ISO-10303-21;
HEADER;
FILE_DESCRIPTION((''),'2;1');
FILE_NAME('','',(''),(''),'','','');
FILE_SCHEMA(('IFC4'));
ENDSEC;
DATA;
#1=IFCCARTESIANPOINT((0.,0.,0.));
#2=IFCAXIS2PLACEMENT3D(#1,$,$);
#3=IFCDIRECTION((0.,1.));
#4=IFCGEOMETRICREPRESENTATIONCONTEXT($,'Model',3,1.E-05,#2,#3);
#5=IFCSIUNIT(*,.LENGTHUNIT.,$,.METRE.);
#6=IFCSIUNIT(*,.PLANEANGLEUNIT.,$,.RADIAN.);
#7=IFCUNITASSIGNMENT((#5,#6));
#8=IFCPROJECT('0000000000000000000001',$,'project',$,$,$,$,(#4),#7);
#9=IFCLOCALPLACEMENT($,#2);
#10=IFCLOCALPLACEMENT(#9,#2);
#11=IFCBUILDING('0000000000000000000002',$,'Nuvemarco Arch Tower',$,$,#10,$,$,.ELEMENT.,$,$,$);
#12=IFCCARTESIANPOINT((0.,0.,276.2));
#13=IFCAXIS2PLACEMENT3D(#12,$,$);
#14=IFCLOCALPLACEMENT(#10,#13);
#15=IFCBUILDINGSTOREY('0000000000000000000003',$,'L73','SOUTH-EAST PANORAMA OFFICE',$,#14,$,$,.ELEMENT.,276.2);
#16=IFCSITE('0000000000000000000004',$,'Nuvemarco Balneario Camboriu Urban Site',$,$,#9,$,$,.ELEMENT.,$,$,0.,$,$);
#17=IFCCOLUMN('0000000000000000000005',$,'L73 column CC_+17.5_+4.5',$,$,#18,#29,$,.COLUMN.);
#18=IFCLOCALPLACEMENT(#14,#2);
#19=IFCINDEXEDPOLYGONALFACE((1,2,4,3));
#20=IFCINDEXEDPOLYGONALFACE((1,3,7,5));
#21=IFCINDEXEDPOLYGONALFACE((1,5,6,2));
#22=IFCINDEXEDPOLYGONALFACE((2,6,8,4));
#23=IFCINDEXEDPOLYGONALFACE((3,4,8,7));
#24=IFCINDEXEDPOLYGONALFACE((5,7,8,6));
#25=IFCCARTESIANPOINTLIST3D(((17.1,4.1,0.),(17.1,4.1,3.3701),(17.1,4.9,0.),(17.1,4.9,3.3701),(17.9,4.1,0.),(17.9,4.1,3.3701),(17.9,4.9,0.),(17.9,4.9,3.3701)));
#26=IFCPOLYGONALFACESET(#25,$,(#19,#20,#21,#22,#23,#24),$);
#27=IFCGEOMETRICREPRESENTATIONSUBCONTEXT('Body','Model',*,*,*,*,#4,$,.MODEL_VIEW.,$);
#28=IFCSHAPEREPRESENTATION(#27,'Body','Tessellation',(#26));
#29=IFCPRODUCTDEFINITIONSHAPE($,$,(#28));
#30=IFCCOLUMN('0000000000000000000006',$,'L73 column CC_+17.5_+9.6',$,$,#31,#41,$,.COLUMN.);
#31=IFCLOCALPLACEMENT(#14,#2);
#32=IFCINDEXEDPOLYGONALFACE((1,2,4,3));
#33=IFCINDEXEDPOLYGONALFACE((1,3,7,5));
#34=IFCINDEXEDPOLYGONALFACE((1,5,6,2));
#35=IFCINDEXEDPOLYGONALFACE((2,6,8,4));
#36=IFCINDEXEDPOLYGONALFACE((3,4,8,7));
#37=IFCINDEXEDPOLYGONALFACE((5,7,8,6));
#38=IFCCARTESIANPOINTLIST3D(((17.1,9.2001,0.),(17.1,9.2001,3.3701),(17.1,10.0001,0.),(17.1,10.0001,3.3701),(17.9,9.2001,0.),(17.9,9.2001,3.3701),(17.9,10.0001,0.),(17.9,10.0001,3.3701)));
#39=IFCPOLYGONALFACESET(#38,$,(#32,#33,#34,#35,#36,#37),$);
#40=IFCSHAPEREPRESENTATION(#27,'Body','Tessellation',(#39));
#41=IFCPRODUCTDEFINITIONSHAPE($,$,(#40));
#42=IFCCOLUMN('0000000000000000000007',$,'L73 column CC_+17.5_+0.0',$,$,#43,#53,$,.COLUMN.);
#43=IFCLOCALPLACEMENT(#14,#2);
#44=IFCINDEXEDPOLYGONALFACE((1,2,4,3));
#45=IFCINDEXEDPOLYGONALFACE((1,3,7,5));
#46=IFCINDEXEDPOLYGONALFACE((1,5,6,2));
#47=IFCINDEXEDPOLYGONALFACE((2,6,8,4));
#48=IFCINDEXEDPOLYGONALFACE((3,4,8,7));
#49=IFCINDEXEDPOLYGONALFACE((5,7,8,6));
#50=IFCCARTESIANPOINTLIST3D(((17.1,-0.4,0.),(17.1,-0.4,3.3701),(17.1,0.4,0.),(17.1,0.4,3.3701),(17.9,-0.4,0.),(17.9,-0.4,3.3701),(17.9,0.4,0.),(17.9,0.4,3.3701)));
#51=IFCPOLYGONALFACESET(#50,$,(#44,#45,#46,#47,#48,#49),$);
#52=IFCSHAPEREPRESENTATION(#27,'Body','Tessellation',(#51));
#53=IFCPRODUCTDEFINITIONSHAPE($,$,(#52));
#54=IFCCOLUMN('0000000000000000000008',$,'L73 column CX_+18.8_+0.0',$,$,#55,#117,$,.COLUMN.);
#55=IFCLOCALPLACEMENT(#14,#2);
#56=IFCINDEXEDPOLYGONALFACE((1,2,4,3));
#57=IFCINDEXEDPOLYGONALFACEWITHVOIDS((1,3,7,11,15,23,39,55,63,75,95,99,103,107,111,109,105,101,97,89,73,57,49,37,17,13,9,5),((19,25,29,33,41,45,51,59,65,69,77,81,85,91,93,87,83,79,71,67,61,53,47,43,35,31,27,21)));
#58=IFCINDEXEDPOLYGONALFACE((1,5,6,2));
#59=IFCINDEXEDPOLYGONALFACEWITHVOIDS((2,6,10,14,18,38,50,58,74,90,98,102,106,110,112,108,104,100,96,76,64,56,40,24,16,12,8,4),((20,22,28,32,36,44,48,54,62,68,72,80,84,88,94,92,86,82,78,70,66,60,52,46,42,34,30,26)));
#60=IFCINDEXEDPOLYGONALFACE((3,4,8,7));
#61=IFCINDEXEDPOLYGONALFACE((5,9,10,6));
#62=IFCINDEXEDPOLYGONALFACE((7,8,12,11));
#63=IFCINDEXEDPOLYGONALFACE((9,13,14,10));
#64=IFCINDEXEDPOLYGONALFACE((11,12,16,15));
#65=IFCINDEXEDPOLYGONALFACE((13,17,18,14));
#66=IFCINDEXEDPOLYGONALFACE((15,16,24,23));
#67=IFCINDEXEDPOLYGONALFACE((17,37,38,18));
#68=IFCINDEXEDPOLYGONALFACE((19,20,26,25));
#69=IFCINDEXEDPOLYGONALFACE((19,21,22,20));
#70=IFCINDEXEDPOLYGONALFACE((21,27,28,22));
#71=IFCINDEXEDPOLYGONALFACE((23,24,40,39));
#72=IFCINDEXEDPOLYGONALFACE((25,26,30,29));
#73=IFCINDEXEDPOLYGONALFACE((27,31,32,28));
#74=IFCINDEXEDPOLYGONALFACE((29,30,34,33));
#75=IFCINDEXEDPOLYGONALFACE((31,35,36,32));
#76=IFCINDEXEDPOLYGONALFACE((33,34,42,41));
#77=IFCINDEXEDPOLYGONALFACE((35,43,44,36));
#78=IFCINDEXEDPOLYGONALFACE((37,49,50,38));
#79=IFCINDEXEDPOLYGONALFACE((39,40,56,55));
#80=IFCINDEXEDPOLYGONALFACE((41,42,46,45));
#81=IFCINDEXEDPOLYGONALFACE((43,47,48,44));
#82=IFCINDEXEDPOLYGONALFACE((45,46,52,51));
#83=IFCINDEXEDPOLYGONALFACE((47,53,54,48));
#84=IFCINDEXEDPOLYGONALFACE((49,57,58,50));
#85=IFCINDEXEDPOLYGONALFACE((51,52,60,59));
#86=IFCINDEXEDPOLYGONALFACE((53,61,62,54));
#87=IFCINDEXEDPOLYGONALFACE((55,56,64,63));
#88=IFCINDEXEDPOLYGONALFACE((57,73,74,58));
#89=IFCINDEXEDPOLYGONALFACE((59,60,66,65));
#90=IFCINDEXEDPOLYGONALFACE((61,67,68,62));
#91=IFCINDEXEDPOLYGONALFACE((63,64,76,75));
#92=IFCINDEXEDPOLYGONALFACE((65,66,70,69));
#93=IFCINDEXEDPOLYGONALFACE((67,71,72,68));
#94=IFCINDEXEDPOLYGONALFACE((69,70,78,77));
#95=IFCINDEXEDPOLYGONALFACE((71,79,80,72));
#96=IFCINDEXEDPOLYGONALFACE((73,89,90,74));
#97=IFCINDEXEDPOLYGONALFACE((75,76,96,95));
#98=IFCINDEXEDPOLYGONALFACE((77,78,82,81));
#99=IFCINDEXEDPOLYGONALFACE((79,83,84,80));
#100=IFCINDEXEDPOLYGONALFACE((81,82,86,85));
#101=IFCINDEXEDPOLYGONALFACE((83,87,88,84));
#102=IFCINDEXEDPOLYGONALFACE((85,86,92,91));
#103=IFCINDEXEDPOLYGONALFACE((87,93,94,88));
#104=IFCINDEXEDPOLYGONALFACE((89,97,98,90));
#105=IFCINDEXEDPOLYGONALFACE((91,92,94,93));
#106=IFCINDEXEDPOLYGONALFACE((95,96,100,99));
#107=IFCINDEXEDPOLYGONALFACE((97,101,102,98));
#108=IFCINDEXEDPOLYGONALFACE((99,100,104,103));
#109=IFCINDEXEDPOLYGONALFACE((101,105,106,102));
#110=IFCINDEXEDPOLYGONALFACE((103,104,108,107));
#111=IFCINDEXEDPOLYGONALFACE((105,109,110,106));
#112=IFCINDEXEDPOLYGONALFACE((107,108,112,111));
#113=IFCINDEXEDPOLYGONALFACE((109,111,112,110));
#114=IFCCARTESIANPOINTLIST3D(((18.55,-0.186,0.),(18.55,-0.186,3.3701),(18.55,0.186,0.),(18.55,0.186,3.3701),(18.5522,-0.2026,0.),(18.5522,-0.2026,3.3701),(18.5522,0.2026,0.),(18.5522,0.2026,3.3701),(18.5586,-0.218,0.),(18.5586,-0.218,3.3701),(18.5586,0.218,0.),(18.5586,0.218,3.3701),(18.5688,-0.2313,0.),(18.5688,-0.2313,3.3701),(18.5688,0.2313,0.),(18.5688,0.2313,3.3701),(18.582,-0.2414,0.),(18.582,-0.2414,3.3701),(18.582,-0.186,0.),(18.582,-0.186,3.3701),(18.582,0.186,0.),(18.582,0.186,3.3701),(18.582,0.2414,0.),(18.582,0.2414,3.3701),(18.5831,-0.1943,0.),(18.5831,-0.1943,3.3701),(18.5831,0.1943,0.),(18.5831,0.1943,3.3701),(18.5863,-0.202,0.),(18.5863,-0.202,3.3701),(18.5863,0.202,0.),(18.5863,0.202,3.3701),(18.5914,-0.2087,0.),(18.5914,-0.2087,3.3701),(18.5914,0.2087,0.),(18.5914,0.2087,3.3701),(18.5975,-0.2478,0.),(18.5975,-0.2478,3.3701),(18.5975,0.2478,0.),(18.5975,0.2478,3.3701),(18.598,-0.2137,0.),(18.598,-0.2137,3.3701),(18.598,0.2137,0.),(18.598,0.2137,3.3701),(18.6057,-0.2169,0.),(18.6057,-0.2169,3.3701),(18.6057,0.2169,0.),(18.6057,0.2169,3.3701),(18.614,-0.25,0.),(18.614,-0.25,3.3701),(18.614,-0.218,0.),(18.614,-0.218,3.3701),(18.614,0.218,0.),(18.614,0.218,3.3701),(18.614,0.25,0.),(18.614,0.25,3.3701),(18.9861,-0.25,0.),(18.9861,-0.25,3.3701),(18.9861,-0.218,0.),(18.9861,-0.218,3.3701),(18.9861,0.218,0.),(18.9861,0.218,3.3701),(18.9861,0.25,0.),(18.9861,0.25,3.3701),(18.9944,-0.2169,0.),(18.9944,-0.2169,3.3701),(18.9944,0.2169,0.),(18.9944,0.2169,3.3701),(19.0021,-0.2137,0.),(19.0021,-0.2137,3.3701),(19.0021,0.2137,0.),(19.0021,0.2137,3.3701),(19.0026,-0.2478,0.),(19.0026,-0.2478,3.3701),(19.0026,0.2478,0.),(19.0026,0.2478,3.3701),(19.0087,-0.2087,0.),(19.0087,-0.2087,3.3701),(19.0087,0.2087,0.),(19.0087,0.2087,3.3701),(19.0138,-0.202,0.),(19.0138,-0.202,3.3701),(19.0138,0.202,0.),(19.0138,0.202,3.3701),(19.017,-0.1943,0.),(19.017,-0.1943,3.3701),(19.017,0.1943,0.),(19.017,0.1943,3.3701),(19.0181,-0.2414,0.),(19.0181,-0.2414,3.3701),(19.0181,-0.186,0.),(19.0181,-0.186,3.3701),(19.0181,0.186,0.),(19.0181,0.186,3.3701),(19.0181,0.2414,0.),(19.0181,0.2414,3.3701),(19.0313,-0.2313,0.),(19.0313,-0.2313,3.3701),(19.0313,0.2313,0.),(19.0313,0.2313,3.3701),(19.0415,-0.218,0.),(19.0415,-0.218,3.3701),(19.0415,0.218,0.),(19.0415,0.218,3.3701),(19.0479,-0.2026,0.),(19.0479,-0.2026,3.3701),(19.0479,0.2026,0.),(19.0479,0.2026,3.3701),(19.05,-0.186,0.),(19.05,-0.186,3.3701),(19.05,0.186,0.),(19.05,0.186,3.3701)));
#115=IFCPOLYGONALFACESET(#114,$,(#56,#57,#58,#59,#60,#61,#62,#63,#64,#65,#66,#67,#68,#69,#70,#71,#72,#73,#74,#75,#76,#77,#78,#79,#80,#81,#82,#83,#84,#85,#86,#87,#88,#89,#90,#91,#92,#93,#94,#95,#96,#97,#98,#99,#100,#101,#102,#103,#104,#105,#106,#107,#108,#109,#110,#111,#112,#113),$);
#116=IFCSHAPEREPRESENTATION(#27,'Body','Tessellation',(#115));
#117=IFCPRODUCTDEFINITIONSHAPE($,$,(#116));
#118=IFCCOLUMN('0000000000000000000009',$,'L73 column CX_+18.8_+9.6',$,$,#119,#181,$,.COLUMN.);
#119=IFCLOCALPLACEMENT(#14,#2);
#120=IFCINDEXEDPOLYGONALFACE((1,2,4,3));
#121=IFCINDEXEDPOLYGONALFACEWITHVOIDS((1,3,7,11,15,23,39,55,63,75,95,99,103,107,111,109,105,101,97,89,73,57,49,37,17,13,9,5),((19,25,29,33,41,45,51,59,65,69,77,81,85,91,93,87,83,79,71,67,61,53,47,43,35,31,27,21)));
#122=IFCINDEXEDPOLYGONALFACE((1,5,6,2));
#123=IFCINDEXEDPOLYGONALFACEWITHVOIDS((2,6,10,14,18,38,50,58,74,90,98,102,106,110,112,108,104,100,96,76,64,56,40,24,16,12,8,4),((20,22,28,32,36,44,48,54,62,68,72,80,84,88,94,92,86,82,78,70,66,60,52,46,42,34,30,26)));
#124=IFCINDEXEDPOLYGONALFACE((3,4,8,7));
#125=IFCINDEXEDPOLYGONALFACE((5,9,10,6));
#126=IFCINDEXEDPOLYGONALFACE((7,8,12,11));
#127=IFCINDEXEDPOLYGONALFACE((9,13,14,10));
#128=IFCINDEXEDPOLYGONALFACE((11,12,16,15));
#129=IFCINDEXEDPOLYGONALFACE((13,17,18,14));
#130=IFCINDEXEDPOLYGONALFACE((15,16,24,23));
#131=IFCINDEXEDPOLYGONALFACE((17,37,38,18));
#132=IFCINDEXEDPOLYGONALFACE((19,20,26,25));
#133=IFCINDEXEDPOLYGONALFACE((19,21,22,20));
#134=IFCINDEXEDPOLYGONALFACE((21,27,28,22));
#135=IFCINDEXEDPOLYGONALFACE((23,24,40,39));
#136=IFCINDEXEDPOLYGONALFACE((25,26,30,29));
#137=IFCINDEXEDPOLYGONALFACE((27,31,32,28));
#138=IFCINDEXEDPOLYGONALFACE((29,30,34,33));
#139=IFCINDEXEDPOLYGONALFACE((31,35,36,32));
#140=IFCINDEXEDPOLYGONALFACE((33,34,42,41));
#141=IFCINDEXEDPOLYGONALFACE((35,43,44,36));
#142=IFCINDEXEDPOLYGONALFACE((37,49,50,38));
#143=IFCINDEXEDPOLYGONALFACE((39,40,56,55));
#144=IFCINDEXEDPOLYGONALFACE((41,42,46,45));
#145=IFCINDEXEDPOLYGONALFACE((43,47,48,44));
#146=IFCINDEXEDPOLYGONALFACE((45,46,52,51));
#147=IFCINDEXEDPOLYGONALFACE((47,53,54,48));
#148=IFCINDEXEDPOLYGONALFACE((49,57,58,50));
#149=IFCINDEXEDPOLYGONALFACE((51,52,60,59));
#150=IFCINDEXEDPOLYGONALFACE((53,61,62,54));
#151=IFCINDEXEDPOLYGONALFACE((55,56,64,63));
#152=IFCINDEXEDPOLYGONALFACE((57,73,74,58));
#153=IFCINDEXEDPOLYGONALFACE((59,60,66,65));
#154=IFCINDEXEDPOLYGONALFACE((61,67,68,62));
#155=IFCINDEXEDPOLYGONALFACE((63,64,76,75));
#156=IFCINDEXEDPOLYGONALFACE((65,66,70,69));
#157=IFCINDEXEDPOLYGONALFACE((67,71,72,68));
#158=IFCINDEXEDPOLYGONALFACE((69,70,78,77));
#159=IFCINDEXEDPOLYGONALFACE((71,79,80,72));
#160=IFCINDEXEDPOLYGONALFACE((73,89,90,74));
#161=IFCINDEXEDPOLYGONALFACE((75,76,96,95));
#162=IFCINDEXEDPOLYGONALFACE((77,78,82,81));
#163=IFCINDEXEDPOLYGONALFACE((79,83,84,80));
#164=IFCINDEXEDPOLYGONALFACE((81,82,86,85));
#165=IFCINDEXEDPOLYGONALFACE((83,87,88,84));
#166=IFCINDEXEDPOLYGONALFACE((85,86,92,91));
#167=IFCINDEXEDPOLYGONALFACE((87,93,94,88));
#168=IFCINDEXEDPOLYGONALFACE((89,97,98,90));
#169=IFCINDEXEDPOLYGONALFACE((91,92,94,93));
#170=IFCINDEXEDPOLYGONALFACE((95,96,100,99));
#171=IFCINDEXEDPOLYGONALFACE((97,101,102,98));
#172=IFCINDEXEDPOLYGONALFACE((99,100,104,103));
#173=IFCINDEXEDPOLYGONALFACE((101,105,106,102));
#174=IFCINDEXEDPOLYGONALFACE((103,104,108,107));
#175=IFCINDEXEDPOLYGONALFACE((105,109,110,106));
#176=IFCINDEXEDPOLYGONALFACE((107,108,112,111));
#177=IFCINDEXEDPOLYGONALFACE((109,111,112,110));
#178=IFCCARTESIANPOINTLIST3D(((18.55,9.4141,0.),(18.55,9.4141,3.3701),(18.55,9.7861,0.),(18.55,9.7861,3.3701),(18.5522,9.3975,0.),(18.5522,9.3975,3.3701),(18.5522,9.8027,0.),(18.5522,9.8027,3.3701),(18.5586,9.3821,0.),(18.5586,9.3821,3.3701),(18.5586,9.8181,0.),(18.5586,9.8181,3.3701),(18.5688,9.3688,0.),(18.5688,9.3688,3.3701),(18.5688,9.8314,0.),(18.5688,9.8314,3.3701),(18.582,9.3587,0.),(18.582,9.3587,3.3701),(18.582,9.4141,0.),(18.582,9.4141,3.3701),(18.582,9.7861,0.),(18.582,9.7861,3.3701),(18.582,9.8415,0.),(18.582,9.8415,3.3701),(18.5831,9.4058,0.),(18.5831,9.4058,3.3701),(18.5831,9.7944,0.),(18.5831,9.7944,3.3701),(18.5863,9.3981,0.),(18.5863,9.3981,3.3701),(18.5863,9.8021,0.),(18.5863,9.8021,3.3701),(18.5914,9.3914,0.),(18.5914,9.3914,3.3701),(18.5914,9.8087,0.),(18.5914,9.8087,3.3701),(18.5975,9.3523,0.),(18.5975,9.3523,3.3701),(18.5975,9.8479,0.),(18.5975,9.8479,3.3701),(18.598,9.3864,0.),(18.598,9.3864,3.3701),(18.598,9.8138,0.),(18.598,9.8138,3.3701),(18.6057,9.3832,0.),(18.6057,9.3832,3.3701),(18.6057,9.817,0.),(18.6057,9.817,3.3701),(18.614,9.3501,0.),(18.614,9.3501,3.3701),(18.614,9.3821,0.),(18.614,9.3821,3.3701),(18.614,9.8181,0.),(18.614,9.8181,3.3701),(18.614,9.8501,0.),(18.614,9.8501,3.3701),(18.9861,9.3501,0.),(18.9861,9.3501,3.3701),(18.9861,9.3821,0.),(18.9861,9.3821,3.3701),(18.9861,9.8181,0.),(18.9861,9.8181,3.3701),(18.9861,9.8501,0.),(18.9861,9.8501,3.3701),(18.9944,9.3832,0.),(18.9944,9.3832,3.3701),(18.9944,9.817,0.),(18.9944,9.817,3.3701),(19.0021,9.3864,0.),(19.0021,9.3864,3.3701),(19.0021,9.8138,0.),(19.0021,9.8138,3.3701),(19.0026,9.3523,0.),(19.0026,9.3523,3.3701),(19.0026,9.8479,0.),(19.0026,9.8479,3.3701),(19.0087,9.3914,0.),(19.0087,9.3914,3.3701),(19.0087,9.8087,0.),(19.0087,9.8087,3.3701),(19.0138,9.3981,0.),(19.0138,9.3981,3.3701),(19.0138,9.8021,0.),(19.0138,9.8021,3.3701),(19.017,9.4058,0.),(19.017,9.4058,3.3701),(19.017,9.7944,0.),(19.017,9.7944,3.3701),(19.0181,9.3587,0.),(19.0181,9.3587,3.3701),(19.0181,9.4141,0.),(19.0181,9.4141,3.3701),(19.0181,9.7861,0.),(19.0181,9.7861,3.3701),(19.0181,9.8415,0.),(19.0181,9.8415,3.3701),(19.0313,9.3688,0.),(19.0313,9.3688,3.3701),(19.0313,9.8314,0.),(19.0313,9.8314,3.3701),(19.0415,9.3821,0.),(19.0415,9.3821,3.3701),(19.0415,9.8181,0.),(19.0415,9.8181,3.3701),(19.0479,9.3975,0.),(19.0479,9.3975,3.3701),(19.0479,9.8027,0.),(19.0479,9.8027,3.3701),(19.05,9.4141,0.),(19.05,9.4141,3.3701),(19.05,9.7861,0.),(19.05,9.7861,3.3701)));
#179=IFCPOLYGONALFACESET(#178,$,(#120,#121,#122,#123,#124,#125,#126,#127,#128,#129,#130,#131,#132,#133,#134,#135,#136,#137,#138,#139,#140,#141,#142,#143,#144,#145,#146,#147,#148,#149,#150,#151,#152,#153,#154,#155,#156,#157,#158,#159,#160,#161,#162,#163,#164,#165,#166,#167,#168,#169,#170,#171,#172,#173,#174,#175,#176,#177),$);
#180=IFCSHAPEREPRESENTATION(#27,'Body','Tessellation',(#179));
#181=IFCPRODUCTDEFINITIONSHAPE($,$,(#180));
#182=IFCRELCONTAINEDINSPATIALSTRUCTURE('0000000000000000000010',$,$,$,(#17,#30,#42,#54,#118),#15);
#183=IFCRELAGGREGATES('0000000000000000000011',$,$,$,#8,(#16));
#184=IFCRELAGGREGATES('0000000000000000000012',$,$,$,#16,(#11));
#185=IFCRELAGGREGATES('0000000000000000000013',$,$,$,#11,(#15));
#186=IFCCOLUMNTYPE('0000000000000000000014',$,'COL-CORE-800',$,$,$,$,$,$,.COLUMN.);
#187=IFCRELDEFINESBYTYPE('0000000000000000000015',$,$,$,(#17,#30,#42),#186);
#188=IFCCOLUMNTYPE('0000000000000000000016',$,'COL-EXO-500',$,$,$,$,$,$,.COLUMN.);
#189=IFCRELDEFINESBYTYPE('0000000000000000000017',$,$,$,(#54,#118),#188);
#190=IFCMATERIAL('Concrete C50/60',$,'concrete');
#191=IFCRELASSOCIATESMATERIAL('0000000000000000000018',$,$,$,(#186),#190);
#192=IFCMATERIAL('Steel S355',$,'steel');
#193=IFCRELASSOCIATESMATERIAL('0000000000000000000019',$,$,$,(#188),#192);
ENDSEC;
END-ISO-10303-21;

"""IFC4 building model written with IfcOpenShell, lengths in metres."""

from ifc_helpers import new_model, si_unit, direction, frame, origin, origin_2d, place, context, subcontext, project, spatial, rectangle, hollow_rectangle, extrude, material, material_profile, profile_set, type_object, element, save


model = new_model("IFC4")

# Units and contexts
model_context = context("Model", 3, precision=1e-05, world=origin(), true_north=direction((0.0, 1.0)))
body_context = subcontext(model_context, "Body", "Model", "MODEL_VIEW")
ifc_project = project(units=[si_unit("LENGTHUNIT", "METRE"), si_unit("PLANEANGLEUNIT", "RADIAN")], contexts=[model_context])

# Site, building, storey
site_placement = place(None, origin())
site = spatial("IfcSite", under=ifc_project, at=site_placement, Name="Nuvemarco Balneario Camboriu Urban Site", CompositionType="ELEMENT", RefElevation=0.0)
building_placement = place(site_placement, origin())
building = spatial("IfcBuilding", under=site, at=building_placement, Name="Nuvemarco Arch Tower", CompositionType="ELEMENT")
storey_placement = place(building_placement, frame((0.0, 0.0, 276.2)))
storey = spatial("IfcBuildingStorey", under=building, at=storey_placement, Name="L73", Description="SOUTH-EAST PANORAMA OFFICE", CompositionType="ELEMENT", Elevation=276.2)

# Columns
ifc_material_1 = material(Name="Concrete C50/60", Category="concrete")
ifc_material_profile_1 = material_profile(ifc_material_1, rectangle(XDim=0.8, YDim=0.8, at=origin_2d()), Name="RC-COL-800x800")
ifc_profile_set_1 = profile_set([ifc_material_profile_1], Name="Concrete C50/60")
column_type_1 = type_object("IfcColumnType", Name="COL-CORE-800", PredefinedType="COLUMN", material=ifc_profile_set_1)
for number, where, z_axis, x_axis, name in (
    (1, (17.5, 4.5, 0.0), (0.0, 0.0, 1.0), (1.0, 0.0, 0.0), "L73 column CC_+17.5_+4.5"),
    (2, (17.5, 9.6001, 0.0), (0.0, 0.0, 1.0), (1.0, 0.0, 0.0), "L73 column CC_+17.5_+9.6"),
    (3, (17.5, 0.0, 0.0), (0.0, 0.0, 1.0), (1.0, 0.0, 0.0), "L73 column CC_+17.5_+0.0"),
):
    element("IfcColumn", number, at=place(storey_placement, frame(where, z_axis=z_axis, x_axis=x_axis)), inside=storey, type_object=column_type_1, Name=name, PredefinedType="COLUMN", context=body_context, shape_type="SweptSolid", body=[
        extrude(rectangle(XDim=0.8, YDim=0.8, at=origin_2d()), origin(), (0.0, 0.0, 1.0), 3.3701),
    ])
ifc_material_2 = material(Name="Steel S355", Category="steel")
ifc_material_profile_2 = material_profile(ifc_material_2, hollow_rectangle(XDim=0.5, YDim=0.5, WallThickness=0.032, InnerFilletRadius=0.032, OuterFilletRadius=0.064, at=origin_2d()), Name="SHS500x500x32")
ifc_profile_set_2 = profile_set([ifc_material_profile_2], Name="Steel S355")
column_type_2 = type_object("IfcColumnType", Name="COL-EXO-500", PredefinedType="COLUMN", material=ifc_profile_set_2)
for number, where, z_axis, x_axis, name in (
    (4, (18.8, 0.0, 0.0), (0.0, 0.0, 1.0), (1.0, 0.0, 0.0), "L73 column CX_+18.8_+0.0"),
    (5, (18.8, 9.6001, 0.0), (0.0, 0.0, 1.0), (1.0, 0.0, 0.0), "L73 column CX_+18.8_+9.6"),
):
    element("IfcColumn", number, at=place(storey_placement, frame(where, z_axis=z_axis, x_axis=x_axis)), inside=storey, type_object=column_type_2, Name=name, PredefinedType="COLUMN", context=body_context, shape_type="SweptSolid", body=[
        extrude(hollow_rectangle(XDim=0.5, YDim=0.5, WallThickness=0.032, InnerFilletRadius=0.032, OuterFilletRadius=0.064, at=origin_2d()), origin(), (0.0, 0.0, 1.0), 3.3701),
    ])

save(model, "model.ifc")
